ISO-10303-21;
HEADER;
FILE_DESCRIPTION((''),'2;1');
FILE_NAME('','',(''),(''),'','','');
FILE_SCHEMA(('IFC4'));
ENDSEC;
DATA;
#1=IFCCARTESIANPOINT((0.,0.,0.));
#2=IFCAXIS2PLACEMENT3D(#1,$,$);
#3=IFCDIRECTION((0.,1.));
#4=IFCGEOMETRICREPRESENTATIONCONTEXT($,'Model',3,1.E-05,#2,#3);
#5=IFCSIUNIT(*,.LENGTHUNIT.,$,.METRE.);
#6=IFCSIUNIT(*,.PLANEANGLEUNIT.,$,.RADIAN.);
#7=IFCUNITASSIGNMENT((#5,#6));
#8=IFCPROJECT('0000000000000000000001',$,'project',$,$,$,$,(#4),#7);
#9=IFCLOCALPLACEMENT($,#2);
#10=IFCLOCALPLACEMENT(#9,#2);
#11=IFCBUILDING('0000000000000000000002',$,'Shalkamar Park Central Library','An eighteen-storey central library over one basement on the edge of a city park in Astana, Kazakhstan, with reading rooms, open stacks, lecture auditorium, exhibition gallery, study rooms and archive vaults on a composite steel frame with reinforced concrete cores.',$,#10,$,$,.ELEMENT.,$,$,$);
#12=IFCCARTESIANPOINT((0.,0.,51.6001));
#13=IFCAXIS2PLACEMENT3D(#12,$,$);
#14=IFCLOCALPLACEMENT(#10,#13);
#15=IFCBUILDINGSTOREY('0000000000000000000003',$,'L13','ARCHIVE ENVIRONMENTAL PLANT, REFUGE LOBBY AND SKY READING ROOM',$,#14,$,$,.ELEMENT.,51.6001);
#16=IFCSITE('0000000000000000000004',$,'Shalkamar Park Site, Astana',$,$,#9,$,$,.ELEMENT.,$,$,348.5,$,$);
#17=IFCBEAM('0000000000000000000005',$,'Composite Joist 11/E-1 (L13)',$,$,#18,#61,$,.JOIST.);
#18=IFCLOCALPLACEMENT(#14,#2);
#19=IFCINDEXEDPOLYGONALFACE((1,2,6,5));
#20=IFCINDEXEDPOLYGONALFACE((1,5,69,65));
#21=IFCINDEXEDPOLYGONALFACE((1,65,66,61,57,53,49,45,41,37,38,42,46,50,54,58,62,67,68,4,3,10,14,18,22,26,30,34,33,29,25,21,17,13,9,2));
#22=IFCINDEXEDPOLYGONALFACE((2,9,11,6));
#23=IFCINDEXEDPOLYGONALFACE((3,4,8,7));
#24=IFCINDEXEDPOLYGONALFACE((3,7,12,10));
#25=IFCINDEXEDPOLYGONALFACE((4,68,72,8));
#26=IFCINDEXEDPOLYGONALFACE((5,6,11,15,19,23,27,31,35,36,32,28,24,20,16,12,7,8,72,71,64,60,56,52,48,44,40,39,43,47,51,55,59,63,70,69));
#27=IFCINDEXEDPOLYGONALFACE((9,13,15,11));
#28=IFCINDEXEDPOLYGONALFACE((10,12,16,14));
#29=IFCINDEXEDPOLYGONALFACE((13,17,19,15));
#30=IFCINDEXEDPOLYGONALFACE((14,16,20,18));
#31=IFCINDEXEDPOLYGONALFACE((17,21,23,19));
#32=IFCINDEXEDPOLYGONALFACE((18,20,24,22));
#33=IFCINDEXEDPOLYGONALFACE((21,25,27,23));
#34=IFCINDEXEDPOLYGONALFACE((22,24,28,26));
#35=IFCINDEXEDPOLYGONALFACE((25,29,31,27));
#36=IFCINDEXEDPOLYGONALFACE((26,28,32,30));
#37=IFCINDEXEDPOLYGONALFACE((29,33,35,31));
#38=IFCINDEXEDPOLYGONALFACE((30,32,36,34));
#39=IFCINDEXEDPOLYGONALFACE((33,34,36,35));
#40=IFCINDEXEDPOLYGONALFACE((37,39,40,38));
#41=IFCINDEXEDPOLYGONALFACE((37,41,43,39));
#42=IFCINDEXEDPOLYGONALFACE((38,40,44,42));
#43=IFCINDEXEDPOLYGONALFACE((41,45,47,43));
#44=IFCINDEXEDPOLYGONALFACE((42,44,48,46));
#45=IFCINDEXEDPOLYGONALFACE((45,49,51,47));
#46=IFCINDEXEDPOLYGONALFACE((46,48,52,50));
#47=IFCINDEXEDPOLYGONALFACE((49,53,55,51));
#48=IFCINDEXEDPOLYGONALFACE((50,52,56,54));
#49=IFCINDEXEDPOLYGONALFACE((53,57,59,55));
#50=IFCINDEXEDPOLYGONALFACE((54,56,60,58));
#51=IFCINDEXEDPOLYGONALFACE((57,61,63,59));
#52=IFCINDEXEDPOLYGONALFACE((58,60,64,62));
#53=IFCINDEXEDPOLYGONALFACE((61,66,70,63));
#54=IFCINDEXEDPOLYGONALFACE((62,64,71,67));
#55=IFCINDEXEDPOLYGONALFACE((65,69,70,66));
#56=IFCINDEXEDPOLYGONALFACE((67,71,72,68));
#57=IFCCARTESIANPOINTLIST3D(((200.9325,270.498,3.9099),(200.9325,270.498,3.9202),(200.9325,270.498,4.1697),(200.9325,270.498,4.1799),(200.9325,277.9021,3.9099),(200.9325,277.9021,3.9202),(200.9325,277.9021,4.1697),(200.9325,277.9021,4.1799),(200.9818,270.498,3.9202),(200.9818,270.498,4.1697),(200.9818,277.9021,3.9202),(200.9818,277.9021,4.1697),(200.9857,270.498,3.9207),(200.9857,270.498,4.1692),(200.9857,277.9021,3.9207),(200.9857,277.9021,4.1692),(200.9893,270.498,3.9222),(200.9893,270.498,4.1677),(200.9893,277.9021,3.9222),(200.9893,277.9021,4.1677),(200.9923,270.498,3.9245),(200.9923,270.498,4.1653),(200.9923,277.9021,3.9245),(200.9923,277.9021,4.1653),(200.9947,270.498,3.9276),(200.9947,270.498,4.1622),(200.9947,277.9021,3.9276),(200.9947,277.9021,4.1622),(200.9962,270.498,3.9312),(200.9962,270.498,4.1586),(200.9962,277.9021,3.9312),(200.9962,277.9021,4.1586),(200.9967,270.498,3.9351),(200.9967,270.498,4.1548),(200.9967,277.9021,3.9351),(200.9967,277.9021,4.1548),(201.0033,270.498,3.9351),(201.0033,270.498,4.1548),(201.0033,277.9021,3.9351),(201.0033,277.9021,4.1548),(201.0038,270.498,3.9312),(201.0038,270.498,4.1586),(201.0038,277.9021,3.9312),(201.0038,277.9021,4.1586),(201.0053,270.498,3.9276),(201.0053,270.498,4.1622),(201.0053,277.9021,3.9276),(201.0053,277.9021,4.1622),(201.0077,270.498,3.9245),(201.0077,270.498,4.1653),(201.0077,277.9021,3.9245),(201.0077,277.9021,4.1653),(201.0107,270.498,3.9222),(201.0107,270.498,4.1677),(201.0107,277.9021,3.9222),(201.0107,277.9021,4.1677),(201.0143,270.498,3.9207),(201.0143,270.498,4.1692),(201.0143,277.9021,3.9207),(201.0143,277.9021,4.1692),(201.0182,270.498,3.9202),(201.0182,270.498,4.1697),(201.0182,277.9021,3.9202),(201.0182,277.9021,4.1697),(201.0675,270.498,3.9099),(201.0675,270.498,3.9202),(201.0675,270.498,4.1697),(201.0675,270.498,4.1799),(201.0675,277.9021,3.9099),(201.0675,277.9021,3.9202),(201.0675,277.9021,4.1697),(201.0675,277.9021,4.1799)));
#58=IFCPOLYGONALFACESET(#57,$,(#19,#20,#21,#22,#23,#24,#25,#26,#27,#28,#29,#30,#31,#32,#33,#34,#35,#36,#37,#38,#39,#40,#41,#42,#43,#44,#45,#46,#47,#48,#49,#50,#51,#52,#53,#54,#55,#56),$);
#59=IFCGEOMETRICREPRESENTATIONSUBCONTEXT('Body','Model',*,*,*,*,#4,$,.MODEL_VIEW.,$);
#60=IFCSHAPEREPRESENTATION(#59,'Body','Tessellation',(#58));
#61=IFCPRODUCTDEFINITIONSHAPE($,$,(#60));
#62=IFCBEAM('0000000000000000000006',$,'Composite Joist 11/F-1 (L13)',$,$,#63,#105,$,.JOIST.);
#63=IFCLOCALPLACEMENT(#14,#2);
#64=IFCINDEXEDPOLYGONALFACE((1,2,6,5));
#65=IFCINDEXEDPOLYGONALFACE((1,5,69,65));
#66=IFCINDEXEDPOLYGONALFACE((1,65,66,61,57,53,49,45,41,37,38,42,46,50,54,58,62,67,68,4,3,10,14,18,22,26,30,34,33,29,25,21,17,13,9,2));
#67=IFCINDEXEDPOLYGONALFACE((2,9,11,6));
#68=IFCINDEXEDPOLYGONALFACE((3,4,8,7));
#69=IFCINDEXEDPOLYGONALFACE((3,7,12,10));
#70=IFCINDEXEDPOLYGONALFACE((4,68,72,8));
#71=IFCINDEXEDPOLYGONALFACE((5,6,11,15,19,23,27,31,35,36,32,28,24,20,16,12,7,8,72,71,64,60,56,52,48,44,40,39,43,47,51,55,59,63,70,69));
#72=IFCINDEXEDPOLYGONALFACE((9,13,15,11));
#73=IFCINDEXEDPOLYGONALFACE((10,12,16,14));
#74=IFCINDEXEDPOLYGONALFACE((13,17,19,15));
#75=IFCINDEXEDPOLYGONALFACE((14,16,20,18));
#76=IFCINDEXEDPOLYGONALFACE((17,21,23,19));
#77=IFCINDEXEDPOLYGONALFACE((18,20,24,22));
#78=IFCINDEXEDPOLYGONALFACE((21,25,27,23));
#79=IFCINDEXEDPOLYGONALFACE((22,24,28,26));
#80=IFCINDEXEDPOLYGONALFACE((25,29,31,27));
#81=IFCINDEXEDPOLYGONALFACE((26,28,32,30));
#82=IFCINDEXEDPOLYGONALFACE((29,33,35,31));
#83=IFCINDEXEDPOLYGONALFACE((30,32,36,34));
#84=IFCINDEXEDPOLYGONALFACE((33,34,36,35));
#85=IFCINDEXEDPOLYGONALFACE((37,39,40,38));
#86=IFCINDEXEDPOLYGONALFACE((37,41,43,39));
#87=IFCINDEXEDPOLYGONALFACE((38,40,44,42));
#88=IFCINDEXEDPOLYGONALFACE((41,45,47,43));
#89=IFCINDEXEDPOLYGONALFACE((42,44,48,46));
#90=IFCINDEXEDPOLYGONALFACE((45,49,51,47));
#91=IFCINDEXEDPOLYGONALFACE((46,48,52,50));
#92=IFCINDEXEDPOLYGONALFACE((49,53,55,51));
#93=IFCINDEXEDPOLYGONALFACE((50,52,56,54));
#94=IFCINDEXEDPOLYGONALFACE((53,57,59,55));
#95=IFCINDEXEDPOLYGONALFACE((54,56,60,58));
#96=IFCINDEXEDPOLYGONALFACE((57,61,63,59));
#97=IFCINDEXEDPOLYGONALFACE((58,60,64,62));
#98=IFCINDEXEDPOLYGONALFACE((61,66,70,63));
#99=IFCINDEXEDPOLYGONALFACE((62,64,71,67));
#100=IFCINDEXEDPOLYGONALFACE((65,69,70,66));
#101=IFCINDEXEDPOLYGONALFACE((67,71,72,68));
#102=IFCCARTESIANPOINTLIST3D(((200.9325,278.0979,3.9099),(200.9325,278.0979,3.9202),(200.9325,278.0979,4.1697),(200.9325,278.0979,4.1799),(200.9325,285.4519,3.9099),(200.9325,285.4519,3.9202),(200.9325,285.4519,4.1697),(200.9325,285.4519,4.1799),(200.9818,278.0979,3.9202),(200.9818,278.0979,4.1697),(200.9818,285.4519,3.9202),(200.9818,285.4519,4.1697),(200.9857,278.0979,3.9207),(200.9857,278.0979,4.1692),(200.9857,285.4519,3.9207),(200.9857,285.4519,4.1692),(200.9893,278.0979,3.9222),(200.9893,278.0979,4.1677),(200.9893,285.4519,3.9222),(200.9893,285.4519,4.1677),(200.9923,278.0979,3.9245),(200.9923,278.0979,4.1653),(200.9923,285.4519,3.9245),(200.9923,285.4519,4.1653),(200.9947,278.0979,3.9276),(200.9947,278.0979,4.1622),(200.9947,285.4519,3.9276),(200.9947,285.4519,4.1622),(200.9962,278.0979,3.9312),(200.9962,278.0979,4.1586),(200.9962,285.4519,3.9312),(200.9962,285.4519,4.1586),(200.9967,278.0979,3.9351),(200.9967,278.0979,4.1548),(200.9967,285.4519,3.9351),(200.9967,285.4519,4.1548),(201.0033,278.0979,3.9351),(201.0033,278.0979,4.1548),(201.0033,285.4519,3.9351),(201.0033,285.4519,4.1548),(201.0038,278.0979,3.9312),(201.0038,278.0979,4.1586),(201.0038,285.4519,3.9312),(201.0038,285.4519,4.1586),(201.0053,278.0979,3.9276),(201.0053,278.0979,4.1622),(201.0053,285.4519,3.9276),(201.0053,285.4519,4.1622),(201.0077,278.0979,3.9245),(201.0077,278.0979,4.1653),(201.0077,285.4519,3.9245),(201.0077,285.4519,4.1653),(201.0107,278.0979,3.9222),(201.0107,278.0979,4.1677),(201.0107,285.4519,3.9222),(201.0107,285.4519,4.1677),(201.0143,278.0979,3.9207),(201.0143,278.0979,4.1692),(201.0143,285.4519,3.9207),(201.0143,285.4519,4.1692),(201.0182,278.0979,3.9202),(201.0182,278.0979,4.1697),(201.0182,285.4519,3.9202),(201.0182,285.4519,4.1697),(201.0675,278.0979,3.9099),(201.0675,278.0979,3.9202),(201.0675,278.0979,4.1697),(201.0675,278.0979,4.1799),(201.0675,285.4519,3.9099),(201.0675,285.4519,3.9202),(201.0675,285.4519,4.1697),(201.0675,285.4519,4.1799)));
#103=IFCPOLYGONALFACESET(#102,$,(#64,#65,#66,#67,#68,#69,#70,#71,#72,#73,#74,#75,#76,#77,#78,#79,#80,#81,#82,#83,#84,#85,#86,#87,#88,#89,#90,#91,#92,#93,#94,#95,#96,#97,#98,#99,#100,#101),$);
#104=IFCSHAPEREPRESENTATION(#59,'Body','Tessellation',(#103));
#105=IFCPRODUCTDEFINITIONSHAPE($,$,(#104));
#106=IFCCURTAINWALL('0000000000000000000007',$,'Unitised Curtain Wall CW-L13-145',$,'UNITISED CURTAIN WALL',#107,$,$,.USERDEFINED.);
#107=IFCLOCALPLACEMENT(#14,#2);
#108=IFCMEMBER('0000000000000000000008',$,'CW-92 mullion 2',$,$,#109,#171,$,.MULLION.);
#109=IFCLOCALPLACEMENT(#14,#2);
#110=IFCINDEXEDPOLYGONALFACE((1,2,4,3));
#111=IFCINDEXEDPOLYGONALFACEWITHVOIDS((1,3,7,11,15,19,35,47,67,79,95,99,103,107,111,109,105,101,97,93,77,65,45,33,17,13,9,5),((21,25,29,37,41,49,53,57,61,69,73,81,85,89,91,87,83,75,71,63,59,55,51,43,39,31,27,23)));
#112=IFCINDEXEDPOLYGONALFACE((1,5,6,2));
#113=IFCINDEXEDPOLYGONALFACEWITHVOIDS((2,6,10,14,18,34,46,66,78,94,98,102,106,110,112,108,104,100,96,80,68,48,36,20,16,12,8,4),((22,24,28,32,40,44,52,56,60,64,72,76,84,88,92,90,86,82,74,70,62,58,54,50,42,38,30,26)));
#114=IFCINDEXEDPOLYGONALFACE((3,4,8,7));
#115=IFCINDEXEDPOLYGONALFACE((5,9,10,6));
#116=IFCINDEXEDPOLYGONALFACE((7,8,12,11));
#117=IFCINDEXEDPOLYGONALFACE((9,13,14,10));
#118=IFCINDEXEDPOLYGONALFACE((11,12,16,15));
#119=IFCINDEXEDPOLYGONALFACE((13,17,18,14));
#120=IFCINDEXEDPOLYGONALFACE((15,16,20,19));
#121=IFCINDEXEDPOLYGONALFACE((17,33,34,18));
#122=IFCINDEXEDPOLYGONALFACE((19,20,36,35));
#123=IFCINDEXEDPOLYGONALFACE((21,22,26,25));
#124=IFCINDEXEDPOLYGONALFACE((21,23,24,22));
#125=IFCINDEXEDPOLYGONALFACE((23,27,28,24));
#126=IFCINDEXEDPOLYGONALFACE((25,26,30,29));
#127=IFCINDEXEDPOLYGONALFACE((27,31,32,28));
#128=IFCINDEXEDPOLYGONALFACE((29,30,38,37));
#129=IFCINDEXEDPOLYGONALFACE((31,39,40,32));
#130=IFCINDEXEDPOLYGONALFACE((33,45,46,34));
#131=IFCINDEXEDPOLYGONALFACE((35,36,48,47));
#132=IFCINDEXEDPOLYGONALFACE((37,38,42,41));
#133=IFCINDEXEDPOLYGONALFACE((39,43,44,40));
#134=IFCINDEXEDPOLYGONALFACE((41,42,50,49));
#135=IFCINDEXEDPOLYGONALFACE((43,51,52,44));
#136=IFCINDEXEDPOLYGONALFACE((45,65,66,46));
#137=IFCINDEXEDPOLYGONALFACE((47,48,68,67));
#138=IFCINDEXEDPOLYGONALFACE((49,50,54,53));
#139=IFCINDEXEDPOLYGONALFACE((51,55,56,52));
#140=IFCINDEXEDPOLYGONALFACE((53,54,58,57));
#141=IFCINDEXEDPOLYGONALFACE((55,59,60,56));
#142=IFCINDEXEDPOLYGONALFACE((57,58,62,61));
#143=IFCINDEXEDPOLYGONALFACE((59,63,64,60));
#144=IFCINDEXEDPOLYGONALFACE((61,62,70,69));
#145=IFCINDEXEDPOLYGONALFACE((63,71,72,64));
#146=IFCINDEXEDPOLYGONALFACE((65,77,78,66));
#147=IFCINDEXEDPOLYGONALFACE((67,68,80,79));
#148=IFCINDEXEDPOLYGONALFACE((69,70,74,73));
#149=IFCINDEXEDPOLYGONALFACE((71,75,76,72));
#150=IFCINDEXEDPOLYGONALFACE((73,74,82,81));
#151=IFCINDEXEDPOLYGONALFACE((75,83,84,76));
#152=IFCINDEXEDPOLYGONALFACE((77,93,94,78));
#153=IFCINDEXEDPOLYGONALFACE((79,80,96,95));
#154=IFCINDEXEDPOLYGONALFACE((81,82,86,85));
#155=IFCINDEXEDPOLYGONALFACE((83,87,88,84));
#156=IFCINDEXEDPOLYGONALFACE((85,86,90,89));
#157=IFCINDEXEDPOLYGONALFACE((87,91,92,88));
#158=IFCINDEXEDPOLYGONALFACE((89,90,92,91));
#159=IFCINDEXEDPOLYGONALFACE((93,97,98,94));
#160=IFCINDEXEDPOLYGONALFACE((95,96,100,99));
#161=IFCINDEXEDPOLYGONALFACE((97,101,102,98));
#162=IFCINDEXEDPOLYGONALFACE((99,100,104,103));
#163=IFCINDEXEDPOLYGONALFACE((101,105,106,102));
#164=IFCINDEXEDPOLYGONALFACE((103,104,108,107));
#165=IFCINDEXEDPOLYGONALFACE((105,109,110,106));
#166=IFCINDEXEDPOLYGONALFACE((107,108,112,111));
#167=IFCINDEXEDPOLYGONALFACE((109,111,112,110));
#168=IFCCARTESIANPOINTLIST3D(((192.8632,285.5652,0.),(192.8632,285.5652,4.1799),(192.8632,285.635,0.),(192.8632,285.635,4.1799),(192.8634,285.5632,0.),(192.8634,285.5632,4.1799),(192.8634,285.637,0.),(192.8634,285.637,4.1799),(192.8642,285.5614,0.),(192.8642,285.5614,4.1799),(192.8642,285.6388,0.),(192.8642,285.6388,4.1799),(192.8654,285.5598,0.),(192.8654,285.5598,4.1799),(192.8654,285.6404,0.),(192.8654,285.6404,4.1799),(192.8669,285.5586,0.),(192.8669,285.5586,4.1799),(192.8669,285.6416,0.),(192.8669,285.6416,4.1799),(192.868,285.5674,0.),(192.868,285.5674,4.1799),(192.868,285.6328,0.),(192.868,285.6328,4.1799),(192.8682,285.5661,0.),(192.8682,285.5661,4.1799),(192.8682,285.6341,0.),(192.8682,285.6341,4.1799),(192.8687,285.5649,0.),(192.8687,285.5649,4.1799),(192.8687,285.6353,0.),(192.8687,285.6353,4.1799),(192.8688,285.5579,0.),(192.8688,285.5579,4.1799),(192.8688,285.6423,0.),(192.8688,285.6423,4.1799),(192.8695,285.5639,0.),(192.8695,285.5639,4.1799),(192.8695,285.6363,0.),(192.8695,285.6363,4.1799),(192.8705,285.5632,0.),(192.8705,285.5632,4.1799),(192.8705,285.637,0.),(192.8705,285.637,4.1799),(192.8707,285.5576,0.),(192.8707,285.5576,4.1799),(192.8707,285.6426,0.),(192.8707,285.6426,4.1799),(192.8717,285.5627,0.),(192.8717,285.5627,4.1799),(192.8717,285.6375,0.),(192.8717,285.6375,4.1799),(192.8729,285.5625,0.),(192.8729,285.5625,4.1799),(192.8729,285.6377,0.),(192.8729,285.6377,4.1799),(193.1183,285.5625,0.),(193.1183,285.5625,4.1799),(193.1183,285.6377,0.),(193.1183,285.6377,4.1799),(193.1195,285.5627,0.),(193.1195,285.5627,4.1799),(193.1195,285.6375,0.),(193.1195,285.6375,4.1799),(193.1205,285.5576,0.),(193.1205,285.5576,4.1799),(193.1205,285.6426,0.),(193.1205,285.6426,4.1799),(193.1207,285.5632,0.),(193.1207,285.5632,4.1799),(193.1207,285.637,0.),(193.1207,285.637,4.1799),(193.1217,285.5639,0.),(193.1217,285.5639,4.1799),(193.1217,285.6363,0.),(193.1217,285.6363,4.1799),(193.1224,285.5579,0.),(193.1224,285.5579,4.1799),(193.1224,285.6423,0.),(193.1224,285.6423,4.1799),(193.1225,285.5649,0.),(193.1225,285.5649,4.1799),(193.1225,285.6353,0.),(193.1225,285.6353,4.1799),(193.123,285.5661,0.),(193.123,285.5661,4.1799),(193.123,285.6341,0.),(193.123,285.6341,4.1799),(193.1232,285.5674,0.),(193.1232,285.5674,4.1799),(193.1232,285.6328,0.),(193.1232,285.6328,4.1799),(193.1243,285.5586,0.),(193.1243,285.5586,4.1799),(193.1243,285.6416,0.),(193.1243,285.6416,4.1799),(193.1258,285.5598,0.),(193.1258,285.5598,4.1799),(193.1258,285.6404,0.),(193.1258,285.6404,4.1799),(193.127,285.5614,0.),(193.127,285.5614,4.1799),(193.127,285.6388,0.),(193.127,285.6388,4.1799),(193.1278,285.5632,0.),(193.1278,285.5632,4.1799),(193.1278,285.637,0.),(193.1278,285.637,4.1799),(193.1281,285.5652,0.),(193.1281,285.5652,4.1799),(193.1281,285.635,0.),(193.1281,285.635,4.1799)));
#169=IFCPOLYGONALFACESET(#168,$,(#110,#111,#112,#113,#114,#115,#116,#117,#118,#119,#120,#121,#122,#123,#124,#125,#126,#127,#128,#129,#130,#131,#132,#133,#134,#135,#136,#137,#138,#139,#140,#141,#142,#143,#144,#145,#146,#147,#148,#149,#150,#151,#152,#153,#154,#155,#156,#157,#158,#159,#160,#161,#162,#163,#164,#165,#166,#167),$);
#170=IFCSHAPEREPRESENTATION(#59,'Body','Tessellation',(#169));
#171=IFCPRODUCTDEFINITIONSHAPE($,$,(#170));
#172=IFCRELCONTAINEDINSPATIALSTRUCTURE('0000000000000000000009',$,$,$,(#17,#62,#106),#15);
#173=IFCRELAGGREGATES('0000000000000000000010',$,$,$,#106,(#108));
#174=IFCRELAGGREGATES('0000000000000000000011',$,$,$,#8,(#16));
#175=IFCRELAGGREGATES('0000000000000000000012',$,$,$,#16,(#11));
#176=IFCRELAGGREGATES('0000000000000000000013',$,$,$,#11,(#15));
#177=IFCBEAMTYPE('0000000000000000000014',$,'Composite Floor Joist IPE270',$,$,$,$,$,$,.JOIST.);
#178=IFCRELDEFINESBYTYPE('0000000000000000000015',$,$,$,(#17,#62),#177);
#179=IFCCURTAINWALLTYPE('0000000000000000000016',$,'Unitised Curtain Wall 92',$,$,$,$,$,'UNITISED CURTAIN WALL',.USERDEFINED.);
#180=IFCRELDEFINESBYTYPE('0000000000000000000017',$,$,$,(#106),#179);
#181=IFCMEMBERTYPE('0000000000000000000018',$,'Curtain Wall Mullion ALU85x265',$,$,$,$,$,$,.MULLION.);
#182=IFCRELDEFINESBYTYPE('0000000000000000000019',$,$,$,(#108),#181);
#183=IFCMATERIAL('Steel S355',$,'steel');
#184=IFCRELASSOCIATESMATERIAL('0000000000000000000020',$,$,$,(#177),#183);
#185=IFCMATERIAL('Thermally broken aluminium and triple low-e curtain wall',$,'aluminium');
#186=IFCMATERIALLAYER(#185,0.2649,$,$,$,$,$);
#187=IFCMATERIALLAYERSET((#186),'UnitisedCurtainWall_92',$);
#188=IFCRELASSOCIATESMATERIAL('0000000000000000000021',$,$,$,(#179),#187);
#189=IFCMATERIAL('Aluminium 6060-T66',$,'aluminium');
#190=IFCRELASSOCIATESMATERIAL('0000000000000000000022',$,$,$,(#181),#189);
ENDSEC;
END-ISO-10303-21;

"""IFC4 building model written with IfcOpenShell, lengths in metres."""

from ifc_helpers import new_model, si_unit, direction, frame, origin, origin_2d, place, context, subcontext, project, spatial, hollow_rectangle, i_section, extrude, material, layer, layer_set, material_profile, profile_set, type_object, element, aggregate, save


model = new_model("IFC4")

# Units and contexts
model_context = context("Model", 3, precision=1e-05, world=origin(), true_north=direction((0.0, 1.0)))
body_context = subcontext(model_context, "Body", "Model", "MODEL_VIEW")
ifc_project = project(units=[si_unit("LENGTHUNIT", "METRE"), si_unit("PLANEANGLEUNIT", "RADIAN")], contexts=[model_context])

# Site, building, storey
site_placement = place(None, origin())
site = spatial("IfcSite", under=ifc_project, at=site_placement, Name="Shalkamar Park Site, Astana", CompositionType="ELEMENT", RefElevation=348.5)
building_placement = place(site_placement, origin())
building = spatial("IfcBuilding", under=site, at=building_placement, Name="Shalkamar Park Central Library", Description="An eighteen-storey central library over one basement on the edge of a city park in Astana, Kazakhstan, with reading rooms, open stacks, lecture auditorium, exhibition gallery, study rooms and archive vaults on a composite steel frame with reinforced concrete cores.", CompositionType="ELEMENT")
storey_placement = place(building_placement, frame((0.0, 0.0, 51.6001)))
storey = spatial("IfcBuildingStorey", under=building, at=storey_placement, Name="L13", Description="ARCHIVE ENVIRONMENTAL PLANT, REFUGE LOBBY AND SKY READING ROOM", CompositionType="ELEMENT", Elevation=51.6001)

# Shared definitions
ifc_material_1 = material(Name="Steel S355", Category="steel")

# Beams
ifc_material_profile_1 = material_profile(ifc_material_1, i_section(OverallWidth=0.135, OverallDepth=0.27, WebThickness=0.0066, FlangeThickness=0.0103, FilletRadius=0.0149, at=origin_2d()), Name="IPE 270")
ifc_profile_set_1 = profile_set([ifc_material_profile_1], Name="Steel S355")
beam_type_1 = type_object("IfcBeamType", Name="Composite Floor Joist IPE270", PredefinedType="JOIST", material=ifc_profile_set_1)
beam_1_placement = place(storey_placement, frame((201.0, 270.498, 4.0449), z_axis=(0.0, 1.0, 0.0), x_axis=(-1.0, 0.0, 0.0)))
element("IfcBeam", 1, at=beam_1_placement, inside=storey, type_object=beam_type_1, Name="Composite Joist 11/E-1 (L13)", PredefinedType="JOIST", context=body_context, shape_type="SweptSolid", body=[
    extrude(i_section(OverallWidth=0.135, OverallDepth=0.27, WebThickness=0.0066, FlangeThickness=0.0103, FilletRadius=0.0149, at=origin_2d()), origin(), (0.0, 0.0, 1.0), 7.4041),
])
beam_2_placement = place(storey_placement, frame((201.0, 278.0979, 4.0449), z_axis=(0.0, 1.0, 0.0), x_axis=(-1.0, 0.0, 0.0)))
element("IfcBeam", 2, at=beam_2_placement, inside=storey, type_object=beam_type_1, Name="Composite Joist 11/F-1 (L13)", PredefinedType="JOIST", context=body_context, shape_type="SweptSolid", body=[
    extrude(i_section(OverallWidth=0.135, OverallDepth=0.27, WebThickness=0.0066, FlangeThickness=0.0103, FilletRadius=0.0149, at=origin_2d()), origin(), (0.0, 0.0, 1.0), 7.354),
])

# Curtain wall, member
ifc_material_2 = material(Name="Thermally broken aluminium and triple low-e curtain wall", Category="aluminium")
ifc_layer_1 = layer(ifc_material_2, 0.2649)
ifc_layer_set_1 = layer_set([ifc_layer_1], Name="UnitisedCurtainWall_92")
curtain_wall_type_1 = type_object("IfcCurtainWallType", Name="Unitised Curtain Wall 92", ElementType="UNITISED CURTAIN WALL", PredefinedType="USERDEFINED", material=ifc_layer_set_1)
curtain_wall_1_placement = place(storey_placement, origin())
curtain_wall_1 = element("IfcCurtainWall", 3, at=curtain_wall_1_placement, inside=storey, type_object=curtain_wall_type_1, Name="Unitised Curtain Wall CW-L13-145", ObjectType="UNITISED CURTAIN WALL", PredefinedType="USERDEFINED")
ifc_material_3 = material(Name="Aluminium 6060-T66", Category="aluminium")
ifc_material_profile_2 = material_profile(ifc_material_3, hollow_rectangle(XDim=0.085, YDim=0.2649, WallThickness=0.0049, InnerFilletRadius=0.0049, OuterFilletRadius=0.0076, at=origin_2d()), Name="ALU 85x265x5")
ifc_profile_set_2 = profile_set([ifc_material_profile_2], Name="Aluminium 6060-T66")
member_type_1 = type_object("IfcMemberType", Name="Curtain Wall Mullion ALU85x265", PredefinedType="MULLION", material=ifc_profile_set_2)
member_1_placement = place(storey_placement, frame((192.9956, 285.6001, 0.0), z_axis=(0.0, 0.0, 1.0), x_axis=(0.0, 1.0, 0.0)))
member_1 = element("IfcMember", 4, at=member_1_placement, type_object=member_type_1, Name="CW-92 mullion 2", PredefinedType="MULLION", context=body_context, shape_type="SweptSolid", body=[
    extrude(hollow_rectangle(XDim=0.085, YDim=0.2649, WallThickness=0.0049, InnerFilletRadius=0.0049, OuterFilletRadius=0.0076, at=origin_2d()), origin(), (0.0, 0.0, 1.0), 4.1799),
])

aggregate(curtain_wall_1, [member_1])

save(model, "model.ifc")
